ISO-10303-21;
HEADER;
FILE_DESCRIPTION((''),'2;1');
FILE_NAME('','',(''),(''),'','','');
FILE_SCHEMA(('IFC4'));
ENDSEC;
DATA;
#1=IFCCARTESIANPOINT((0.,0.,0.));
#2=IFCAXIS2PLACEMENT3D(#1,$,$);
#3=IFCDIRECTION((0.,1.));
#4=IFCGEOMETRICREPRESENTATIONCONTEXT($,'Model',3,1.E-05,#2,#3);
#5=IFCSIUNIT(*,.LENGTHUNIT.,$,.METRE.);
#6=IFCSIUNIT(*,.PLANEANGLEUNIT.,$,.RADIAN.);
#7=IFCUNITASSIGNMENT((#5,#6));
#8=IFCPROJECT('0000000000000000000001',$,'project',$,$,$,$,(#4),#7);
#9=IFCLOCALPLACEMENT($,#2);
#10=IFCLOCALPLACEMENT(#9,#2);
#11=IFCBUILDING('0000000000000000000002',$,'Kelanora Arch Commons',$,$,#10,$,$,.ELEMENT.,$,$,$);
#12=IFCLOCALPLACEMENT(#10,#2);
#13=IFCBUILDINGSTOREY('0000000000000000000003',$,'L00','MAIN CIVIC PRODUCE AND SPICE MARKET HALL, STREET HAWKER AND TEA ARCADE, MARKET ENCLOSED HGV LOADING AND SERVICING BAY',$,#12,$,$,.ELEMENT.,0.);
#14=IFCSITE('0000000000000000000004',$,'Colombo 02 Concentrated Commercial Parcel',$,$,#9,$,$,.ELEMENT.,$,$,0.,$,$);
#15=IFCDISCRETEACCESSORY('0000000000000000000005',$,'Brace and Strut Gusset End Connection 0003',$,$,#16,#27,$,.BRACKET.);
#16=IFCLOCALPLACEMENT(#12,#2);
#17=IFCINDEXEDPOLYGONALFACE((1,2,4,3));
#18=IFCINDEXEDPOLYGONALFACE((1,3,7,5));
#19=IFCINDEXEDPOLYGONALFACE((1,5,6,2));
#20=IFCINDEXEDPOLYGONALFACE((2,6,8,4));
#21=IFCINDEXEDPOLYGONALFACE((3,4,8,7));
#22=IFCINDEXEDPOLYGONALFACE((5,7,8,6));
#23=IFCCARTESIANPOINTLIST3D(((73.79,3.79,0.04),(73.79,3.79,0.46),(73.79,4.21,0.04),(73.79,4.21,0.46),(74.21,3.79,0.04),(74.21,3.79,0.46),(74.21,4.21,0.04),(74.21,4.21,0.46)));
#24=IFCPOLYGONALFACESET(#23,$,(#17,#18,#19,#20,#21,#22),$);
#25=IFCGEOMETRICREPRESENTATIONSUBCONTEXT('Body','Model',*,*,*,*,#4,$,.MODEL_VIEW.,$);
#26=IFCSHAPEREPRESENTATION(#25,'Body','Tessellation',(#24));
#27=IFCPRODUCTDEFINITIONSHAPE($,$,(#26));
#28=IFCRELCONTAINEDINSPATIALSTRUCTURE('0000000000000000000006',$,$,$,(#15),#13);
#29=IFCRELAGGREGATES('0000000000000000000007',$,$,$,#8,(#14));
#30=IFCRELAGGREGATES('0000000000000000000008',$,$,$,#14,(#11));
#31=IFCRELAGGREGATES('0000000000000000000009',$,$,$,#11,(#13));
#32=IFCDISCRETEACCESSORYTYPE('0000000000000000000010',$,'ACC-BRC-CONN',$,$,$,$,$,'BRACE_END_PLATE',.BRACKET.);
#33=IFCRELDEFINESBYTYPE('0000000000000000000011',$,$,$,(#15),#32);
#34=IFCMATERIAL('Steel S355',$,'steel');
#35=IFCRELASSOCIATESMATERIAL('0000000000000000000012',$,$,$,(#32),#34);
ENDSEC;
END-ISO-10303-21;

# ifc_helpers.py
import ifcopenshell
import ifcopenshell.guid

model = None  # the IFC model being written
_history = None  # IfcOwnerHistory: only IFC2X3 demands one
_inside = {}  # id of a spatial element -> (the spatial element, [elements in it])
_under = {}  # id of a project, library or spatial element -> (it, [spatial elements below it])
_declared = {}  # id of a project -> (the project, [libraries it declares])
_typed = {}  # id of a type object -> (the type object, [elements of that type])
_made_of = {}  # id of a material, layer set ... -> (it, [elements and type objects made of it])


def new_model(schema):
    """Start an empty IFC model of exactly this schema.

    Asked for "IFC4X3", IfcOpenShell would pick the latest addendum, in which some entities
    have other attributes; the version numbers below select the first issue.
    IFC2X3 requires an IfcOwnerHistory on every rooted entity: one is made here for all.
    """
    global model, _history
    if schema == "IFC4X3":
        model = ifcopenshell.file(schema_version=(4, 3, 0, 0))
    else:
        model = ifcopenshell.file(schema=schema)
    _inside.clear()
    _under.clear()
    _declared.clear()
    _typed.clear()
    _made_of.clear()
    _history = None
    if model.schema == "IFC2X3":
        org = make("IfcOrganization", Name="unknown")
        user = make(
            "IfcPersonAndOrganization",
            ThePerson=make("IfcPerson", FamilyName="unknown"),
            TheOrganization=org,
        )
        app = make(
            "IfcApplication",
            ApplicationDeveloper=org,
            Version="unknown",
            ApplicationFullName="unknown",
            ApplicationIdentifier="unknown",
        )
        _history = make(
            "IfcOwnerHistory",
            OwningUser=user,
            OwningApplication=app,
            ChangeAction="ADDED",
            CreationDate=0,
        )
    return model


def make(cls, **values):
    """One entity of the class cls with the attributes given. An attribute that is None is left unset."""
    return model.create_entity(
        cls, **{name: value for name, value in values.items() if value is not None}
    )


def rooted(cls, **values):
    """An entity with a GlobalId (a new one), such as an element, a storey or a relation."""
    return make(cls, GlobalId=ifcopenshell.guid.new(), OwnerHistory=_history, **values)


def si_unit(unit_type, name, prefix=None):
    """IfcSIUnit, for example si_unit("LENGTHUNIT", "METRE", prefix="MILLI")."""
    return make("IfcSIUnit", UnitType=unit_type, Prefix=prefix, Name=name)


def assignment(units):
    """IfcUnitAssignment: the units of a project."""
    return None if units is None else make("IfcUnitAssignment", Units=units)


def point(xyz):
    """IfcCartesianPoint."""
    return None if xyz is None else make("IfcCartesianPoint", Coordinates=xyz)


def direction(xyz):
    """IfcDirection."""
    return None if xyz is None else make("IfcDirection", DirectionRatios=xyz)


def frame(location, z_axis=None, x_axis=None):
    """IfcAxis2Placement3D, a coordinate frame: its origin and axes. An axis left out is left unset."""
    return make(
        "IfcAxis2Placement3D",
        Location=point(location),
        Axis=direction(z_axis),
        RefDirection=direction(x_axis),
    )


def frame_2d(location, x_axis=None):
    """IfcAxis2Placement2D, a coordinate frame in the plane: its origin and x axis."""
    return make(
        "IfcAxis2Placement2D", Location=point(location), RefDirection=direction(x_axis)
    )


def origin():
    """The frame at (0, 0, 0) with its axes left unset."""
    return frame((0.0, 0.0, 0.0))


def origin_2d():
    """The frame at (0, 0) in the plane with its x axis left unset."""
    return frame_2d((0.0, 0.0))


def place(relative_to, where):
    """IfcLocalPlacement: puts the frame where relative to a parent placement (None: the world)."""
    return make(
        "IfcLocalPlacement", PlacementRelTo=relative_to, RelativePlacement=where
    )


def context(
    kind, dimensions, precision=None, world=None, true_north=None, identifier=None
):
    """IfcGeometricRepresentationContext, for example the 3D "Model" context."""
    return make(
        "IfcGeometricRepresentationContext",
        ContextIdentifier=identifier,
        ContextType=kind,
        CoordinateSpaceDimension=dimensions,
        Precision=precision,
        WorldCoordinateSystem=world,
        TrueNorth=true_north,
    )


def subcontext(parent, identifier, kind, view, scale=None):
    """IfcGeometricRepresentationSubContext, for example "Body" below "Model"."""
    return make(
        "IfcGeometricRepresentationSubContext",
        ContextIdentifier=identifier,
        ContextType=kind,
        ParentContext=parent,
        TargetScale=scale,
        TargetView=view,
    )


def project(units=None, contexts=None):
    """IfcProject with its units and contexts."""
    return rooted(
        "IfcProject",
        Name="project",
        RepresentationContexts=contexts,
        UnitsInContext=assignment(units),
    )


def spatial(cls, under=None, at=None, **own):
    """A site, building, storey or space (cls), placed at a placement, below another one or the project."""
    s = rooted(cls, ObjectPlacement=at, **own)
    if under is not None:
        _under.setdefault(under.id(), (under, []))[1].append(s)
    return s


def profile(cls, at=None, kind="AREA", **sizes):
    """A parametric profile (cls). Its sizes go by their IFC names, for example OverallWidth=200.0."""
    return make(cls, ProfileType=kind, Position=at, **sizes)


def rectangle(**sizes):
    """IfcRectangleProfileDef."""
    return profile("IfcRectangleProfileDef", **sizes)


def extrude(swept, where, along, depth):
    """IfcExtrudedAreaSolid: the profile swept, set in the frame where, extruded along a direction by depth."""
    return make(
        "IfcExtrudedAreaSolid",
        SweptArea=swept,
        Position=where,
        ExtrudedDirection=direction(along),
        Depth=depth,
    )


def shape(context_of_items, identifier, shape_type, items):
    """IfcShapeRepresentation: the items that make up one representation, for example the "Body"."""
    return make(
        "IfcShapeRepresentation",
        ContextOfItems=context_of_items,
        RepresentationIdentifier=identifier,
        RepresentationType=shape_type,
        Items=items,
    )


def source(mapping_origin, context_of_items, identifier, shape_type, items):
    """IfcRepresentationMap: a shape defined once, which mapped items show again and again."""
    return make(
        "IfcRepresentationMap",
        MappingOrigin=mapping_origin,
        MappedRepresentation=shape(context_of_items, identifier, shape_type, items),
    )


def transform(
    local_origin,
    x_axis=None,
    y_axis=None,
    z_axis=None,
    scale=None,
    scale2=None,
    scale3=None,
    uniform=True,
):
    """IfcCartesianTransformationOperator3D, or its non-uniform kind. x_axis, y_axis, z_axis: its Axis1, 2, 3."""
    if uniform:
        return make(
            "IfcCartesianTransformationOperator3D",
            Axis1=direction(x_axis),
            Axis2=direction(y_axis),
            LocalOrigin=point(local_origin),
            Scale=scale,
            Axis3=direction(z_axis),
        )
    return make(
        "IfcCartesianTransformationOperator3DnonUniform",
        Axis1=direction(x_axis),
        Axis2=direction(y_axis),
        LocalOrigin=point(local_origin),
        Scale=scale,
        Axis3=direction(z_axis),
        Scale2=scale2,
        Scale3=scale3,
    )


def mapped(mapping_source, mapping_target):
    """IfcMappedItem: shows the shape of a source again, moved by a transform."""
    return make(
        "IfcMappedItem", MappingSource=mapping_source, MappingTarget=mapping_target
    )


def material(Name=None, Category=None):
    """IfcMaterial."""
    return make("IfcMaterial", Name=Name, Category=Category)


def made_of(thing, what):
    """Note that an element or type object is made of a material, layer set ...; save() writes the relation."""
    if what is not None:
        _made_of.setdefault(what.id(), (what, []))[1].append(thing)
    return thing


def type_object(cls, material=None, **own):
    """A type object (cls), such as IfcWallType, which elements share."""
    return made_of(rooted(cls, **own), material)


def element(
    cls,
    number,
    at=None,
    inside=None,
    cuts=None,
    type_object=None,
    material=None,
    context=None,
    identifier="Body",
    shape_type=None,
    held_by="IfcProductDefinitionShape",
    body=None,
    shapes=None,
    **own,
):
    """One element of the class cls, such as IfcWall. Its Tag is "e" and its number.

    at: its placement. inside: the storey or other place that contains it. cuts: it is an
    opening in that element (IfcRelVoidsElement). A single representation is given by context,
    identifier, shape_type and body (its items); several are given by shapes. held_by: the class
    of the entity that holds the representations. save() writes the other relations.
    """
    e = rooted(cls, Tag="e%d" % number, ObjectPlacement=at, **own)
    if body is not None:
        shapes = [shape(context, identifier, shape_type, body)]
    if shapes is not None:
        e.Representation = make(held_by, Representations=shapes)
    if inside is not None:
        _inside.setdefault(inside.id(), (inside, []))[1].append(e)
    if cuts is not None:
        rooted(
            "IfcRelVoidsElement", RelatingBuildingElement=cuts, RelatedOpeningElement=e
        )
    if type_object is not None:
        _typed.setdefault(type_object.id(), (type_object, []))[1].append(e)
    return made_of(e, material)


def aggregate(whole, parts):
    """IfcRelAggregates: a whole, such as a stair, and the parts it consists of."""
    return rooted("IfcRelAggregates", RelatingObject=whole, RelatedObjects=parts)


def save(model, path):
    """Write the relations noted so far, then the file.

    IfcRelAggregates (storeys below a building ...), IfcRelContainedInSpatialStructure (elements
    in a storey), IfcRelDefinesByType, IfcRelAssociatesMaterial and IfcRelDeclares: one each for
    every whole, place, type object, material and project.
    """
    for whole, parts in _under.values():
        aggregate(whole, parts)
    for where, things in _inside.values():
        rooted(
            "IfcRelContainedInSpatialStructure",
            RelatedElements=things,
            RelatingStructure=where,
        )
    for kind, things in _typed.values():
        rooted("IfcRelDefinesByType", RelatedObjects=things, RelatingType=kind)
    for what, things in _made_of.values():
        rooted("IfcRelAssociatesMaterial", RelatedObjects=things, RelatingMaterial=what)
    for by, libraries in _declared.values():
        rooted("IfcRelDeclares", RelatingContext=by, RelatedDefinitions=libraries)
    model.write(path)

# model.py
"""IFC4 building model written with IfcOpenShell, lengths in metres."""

from ifc_helpers import new_model, si_unit, direction, frame, origin, origin_2d, place, context, subcontext, project, spatial, rectangle, extrude, source, transform, mapped, material, type_object, element, save


model = new_model("IFC4")

# Units and contexts
model_context = context("Model", 3, precision=1e-05, world=origin(), true_north=direction((0.0, 1.0)))
body_context = subcontext(model_context, "Body", "Model", "MODEL_VIEW")
ifc_project = project(units=[si_unit("LENGTHUNIT", "METRE"), si_unit("PLANEANGLEUNIT", "RADIAN")], contexts=[model_context])

# Site, building, storey
site_placement = place(None, origin())
site = spatial("IfcSite", under=ifc_project, at=site_placement, Name="Colombo 02 Concentrated Commercial Parcel", CompositionType="ELEMENT", RefElevation=0.0)
building_placement = place(site_placement, origin())
building = spatial("IfcBuilding", under=site, at=building_placement, Name="Kelanora Arch Commons", CompositionType="ELEMENT")
storey_placement = place(building_placement, origin())
storey = spatial("IfcBuildingStorey", under=building, at=storey_placement, Name="L00", Description="MAIN CIVIC PRODUCE AND SPICE MARKET HALL, STREET HAWKER AND TEA ARCADE, MARKET ENCLOSED HGV LOADING AND SERVICING BAY", CompositionType="ELEMENT", Elevation=0.0)

# Shared definitions
ifc_material_1 = material(Name="Steel S355", Category="steel")

# Discrete accessory
discrete_accessory_type = type_object("IfcDiscreteAccessoryType", Name="ACC-BRC-CONN", ElementType="BRACE_END_PLATE", PredefinedType="BRACKET", material=ifc_material_1)
shared_shape = source(origin(), body_context, "Body", "SweptSolid", [
    extrude(rectangle(XDim=0.4199, YDim=0.4199, at=origin_2d()), origin(), (0.0, 0.0, 1.0), 0.4199),
])
discrete_accessory_placement = place(storey_placement, frame((74.0, 4.0, 0.04), z_axis=(0.0, 0.0, 1.0), x_axis=(1.0, 0.0, 0.0)))
element("IfcDiscreteAccessory", 1, at=discrete_accessory_placement, inside=storey, type_object=discrete_accessory_type, Name="Brace and Strut Gusset End Connection 0003", PredefinedType="BRACKET", context=body_context, shape_type="MappedRepresentation", body=[
    mapped(shared_shape, transform((0.0, 0.0, 0.0), scale=1.0)),
])

save(model, "model.ifc")
